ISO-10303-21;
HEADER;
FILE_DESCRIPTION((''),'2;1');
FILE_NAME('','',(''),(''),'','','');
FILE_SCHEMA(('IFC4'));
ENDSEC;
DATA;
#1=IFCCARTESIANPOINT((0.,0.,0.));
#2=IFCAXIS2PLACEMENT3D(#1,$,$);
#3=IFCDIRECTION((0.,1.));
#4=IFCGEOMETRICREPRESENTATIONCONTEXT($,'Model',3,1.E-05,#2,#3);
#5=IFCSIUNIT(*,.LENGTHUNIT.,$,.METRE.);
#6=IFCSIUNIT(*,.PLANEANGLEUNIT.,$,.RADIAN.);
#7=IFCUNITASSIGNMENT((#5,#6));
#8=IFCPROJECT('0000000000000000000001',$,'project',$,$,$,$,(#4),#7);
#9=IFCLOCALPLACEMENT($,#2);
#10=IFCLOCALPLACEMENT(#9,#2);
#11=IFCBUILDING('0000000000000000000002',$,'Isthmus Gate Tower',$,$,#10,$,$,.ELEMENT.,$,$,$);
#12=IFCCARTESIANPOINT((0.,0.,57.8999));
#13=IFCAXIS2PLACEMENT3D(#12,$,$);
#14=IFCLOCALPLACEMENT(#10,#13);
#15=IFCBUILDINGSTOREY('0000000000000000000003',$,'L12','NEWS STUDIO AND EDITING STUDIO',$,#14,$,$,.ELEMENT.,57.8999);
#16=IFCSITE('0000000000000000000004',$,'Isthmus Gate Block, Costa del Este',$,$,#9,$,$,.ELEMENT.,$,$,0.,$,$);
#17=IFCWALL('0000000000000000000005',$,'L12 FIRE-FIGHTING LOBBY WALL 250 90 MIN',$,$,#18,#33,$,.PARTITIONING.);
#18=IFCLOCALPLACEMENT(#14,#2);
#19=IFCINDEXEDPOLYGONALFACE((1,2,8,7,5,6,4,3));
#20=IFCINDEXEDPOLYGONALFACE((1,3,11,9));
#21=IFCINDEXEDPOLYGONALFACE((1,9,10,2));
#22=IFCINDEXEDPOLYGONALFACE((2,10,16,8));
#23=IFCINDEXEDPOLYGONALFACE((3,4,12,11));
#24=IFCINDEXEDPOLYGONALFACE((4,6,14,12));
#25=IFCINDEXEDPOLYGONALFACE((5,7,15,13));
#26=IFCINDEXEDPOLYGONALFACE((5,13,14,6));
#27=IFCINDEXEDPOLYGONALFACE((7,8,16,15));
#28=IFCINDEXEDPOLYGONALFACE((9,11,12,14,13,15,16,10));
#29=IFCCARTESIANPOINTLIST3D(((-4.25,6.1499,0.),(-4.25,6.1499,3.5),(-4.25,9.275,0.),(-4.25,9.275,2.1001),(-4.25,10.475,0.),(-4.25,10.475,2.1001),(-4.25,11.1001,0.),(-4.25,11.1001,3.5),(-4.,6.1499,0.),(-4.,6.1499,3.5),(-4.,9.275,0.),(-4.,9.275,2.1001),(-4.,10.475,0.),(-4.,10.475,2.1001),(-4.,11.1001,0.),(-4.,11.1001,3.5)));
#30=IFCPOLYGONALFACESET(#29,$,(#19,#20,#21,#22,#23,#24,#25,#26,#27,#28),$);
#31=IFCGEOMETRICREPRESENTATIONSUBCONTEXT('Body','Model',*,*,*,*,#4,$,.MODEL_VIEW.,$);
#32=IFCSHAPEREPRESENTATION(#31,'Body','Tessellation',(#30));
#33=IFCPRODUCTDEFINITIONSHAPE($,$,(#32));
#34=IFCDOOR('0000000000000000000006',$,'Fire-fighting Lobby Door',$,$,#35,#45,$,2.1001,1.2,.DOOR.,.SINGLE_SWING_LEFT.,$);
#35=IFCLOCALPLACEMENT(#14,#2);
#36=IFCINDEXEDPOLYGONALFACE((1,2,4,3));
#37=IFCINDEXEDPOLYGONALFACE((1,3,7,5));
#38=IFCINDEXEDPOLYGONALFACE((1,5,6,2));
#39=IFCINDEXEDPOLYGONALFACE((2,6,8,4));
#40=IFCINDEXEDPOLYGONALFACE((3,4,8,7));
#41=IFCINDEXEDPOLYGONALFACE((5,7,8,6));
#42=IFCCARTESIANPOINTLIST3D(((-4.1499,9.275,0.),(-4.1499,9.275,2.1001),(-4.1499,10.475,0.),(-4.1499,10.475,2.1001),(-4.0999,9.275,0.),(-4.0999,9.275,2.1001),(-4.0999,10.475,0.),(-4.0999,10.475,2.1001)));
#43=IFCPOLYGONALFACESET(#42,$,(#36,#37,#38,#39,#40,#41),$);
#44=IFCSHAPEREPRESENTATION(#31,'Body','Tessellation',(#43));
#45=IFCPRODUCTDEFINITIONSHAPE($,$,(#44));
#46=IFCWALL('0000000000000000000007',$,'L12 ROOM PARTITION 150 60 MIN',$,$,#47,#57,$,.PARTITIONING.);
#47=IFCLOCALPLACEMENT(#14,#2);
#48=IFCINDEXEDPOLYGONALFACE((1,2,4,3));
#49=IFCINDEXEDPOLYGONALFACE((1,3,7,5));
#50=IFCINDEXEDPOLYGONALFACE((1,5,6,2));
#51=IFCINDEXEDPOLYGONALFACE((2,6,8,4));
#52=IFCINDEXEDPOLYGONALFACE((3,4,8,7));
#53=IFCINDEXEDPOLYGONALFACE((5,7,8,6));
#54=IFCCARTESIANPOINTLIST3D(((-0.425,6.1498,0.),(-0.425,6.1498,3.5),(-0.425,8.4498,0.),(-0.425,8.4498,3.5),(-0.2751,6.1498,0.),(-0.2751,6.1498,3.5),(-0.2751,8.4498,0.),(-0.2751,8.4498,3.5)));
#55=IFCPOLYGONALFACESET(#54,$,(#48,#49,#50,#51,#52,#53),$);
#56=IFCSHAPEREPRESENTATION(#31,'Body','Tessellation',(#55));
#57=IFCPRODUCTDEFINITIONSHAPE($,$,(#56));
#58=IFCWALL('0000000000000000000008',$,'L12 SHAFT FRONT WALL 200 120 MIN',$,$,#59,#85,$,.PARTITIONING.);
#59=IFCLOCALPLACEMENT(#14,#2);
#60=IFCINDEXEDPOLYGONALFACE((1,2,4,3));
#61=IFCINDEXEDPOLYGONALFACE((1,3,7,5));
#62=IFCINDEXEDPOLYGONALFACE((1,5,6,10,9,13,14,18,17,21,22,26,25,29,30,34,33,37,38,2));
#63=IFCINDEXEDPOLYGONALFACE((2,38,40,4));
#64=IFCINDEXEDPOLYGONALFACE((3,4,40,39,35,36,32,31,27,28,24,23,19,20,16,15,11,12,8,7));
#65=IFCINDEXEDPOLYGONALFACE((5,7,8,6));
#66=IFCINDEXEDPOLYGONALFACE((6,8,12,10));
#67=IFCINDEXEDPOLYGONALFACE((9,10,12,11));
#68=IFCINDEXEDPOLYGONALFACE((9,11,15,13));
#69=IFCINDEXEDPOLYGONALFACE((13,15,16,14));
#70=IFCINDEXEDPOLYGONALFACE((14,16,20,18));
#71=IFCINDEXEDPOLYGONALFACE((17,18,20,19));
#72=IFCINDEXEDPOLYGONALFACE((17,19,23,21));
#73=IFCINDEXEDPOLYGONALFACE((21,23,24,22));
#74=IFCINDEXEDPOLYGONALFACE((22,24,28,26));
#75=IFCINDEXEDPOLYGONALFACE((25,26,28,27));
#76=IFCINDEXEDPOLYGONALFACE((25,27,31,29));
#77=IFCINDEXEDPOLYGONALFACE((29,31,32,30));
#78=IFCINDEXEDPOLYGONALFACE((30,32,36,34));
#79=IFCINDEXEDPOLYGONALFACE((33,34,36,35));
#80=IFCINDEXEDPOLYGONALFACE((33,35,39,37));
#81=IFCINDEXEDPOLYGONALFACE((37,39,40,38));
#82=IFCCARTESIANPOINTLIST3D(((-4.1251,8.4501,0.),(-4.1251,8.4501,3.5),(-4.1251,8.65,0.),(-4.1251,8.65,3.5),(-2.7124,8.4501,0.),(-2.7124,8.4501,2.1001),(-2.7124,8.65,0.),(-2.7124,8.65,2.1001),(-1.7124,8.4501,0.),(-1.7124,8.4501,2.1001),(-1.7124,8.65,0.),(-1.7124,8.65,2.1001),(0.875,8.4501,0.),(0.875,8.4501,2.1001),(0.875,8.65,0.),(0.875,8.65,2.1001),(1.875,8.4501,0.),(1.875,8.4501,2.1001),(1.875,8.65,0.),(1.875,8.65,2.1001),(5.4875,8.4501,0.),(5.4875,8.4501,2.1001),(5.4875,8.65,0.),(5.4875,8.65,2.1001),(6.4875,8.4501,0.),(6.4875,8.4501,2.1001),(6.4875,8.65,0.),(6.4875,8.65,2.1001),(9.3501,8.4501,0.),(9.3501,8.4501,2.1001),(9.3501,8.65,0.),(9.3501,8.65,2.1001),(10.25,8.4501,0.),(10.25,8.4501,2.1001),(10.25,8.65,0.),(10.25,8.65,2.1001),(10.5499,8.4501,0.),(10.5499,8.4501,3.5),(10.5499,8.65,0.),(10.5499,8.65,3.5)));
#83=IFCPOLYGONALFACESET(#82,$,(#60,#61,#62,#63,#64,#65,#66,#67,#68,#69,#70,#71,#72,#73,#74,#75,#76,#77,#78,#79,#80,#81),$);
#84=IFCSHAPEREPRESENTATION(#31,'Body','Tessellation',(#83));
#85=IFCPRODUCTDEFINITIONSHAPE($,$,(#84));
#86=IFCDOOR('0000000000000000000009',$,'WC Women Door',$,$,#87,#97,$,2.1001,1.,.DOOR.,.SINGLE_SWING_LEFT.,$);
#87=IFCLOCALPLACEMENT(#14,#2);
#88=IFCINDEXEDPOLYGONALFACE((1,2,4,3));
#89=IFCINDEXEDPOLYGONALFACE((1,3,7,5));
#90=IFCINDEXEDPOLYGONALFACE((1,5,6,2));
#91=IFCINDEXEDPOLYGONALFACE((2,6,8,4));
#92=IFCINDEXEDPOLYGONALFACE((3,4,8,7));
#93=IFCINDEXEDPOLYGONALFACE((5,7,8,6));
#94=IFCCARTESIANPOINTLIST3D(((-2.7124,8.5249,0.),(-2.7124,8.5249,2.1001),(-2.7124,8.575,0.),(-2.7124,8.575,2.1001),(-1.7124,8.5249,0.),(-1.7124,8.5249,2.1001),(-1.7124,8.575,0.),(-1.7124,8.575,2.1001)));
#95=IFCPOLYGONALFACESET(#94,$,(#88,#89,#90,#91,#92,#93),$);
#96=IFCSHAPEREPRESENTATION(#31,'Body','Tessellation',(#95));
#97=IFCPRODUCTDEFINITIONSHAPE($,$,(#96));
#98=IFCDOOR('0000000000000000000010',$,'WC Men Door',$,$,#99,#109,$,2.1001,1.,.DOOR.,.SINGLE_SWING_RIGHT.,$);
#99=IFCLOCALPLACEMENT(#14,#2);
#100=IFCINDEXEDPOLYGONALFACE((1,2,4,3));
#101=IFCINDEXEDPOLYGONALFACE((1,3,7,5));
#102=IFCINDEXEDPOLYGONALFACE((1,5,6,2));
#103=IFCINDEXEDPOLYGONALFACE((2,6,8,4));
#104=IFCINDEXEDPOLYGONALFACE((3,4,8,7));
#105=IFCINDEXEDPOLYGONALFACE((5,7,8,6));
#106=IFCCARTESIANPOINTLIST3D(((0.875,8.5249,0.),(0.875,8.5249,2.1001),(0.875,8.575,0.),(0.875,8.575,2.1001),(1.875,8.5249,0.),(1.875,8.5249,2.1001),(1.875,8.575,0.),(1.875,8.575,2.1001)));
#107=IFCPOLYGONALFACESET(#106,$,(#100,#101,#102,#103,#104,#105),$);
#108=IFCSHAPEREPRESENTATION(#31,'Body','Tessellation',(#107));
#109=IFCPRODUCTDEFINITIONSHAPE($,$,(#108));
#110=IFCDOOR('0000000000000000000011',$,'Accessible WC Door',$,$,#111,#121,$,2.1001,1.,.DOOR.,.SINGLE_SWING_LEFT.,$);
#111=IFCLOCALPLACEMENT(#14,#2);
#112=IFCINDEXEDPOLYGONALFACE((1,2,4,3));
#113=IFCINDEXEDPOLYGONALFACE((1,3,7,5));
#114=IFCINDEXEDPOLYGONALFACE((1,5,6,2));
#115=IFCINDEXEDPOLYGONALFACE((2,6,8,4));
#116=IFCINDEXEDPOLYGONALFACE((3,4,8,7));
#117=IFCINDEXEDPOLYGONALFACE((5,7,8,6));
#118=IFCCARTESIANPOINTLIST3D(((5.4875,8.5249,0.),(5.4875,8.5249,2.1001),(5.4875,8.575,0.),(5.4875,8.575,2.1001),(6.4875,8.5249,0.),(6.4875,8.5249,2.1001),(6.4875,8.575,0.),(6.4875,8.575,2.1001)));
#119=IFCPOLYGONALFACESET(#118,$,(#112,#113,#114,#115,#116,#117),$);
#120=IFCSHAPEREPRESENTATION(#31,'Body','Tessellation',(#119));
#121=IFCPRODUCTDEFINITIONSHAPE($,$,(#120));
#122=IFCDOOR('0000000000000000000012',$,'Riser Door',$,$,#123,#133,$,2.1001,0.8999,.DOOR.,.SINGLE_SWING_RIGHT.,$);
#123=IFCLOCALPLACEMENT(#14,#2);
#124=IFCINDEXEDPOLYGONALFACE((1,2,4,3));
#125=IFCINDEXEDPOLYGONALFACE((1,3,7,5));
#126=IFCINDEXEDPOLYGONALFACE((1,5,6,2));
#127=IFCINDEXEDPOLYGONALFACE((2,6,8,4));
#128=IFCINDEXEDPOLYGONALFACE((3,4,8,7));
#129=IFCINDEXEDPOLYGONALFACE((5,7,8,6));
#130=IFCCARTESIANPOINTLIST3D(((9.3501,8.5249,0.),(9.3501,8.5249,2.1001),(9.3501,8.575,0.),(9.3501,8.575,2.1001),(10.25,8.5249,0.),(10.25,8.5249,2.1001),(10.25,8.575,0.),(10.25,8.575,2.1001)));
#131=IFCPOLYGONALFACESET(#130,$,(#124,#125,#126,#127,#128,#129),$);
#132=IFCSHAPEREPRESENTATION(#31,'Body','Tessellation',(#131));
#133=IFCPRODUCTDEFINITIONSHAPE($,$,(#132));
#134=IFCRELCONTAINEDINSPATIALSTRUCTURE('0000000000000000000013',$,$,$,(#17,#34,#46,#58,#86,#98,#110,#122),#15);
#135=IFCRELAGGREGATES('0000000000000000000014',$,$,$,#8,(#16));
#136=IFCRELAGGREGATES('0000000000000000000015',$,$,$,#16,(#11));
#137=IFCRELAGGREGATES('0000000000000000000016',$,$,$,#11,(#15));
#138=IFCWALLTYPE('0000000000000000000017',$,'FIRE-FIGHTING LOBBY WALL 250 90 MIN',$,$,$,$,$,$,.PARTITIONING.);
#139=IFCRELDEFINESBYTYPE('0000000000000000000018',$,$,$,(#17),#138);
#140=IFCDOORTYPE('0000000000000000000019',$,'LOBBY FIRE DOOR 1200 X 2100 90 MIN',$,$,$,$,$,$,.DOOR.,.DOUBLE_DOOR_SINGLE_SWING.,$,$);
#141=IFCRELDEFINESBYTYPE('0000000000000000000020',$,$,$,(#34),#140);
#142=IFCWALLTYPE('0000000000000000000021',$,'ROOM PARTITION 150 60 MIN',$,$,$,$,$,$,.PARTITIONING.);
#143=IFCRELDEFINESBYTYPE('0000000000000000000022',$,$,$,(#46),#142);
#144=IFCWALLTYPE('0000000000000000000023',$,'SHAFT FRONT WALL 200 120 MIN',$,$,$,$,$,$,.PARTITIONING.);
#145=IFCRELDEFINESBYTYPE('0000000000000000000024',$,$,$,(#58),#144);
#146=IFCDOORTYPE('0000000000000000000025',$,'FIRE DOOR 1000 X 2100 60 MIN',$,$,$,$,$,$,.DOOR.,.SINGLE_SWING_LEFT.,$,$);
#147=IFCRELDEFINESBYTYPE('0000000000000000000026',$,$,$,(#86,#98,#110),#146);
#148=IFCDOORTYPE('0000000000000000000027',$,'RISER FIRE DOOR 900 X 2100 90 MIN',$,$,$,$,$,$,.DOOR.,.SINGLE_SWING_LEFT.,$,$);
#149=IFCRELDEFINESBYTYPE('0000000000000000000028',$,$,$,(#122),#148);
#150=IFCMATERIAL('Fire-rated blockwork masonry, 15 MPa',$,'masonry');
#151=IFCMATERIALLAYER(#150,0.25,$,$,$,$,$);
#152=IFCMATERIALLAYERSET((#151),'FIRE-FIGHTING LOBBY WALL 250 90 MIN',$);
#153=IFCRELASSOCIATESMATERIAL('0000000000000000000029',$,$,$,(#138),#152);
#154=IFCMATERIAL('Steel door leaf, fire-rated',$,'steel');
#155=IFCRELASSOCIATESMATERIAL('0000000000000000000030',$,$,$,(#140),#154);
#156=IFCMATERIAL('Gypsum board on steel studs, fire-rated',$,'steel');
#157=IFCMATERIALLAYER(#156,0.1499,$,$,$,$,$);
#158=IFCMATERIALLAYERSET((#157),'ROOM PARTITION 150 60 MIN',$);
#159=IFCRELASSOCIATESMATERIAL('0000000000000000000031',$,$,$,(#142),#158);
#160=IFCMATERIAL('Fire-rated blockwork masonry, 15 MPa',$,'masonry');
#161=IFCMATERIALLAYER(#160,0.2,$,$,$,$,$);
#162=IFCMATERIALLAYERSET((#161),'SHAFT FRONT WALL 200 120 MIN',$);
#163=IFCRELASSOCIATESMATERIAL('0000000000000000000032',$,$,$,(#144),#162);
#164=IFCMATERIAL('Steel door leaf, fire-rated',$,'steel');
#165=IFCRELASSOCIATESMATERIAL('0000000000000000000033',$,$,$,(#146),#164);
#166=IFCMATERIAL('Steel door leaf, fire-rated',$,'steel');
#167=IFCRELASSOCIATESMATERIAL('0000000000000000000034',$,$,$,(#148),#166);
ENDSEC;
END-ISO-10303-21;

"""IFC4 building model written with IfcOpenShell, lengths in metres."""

from ifc_helpers import new_model, si_unit, direction, frame, frame_2d, origin, place, context, subcontext, project, spatial, rectangle, extrude, material, layer, layer_set, type_object, element, fill, save


model = new_model("IFC4")

# Units and contexts
model_context = context("Model", 3, precision=1e-05, world=origin(), true_north=direction((0.0, 1.0)))
body_context = subcontext(model_context, "Body", "Model", "MODEL_VIEW")
ifc_project = project(units=[si_unit("LENGTHUNIT", "METRE"), si_unit("PLANEANGLEUNIT", "RADIAN")], contexts=[model_context])

# Site, building, storey
site_placement = place(None, origin())
site = spatial("IfcSite", under=ifc_project, at=site_placement, Name="Isthmus Gate Block, Costa del Este", CompositionType="ELEMENT", RefElevation=0.0)
building_placement = place(site_placement, origin())
building = spatial("IfcBuilding", under=site, at=building_placement, Name="Isthmus Gate Tower", CompositionType="ELEMENT")
storey_placement = place(building_placement, frame((0.0, 0.0, 57.8999)))
storey = spatial("IfcBuildingStorey", under=building, at=storey_placement, Name="L12", Description="NEWS STUDIO AND EDITING STUDIO", CompositionType="ELEMENT", Elevation=57.8999)

# Wall, opening, door
ifc_material_1 = material(Name="Fire-rated blockwork masonry, 15 MPa", Category="masonry")
ifc_layer_1 = layer(ifc_material_1, 0.25)
ifc_layer_set_1 = layer_set([ifc_layer_1], Name="FIRE-FIGHTING LOBBY WALL 250 90 MIN")
wall_type_1 = type_object("IfcWallType", Name="FIRE-FIGHTING LOBBY WALL 250 90 MIN", PredefinedType="PARTITIONING", material=ifc_layer_set_1)
wall_1_placement = place(storey_placement, frame((-4.125, 6.1499, 0.0), z_axis=(0.0, 0.0, 1.0), x_axis=(0.0, 1.0, 0.0)))
wall_1 = element("IfcWall", 1, at=wall_1_placement, inside=storey, type_object=wall_type_1, Name="L12 FIRE-FIGHTING LOBBY WALL 250 90 MIN", PredefinedType="PARTITIONING", context=body_context, shape_type="SweptSolid", body=[
    extrude(rectangle(XDim=4.9502, YDim=0.25, at=frame_2d((2.4751, 0.0))), origin(), (0.0, 0.0, 1.0), 3.5),
])
opening_1_placement = place(wall_1_placement, frame((3.125, 0.0, 0.0)))
opening_1 = element("IfcOpeningElement", 2, at=opening_1_placement, cuts=wall_1, PredefinedType="OPENING", context=body_context, shape_type="SweptSolid", body=[
    extrude(rectangle(XDim=1.2, YDim=2.1001, at=frame_2d((0.6001, 1.05))), frame((0.0, 0.135, 0.0), z_axis=(0.0, -1.0, 0.0), x_axis=(1.0, 0.0, 0.0)), (0.0, 0.0, 1.0), 0.27),
])
ifc_material_2 = material(Name="Steel door leaf, fire-rated", Category="steel")
door_type_1 = type_object("IfcDoorType", Name="LOBBY FIRE DOOR 1200 X 2100 90 MIN", OperationType="DOUBLE_DOOR_SINGLE_SWING", PredefinedType="DOOR", material=ifc_material_2)
door_1_placement = place(opening_1_placement, origin())
door_1 = element("IfcDoor", 3, at=door_1_placement, inside=storey, type_object=door_type_1, Name="Fire-fighting Lobby Door", OperationType="SINGLE_SWING_LEFT", OverallHeight=2.1001, OverallWidth=1.2, PredefinedType="DOOR", context=body_context, shape_type="SweptSolid", body=[
    extrude(rectangle(XDim=1.2, YDim=2.1001, at=frame_2d((0.6001, 1.05))), frame((0.0, 0.0249, 0.0), z_axis=(0.0, -1.0, 0.0), x_axis=(1.0, 0.0, 0.0)), (0.0, 0.0, 1.0), 0.05),
])
fill(opening_1, door_1)

# Wall
ifc_material_3 = material(Name="Gypsum board on steel studs, fire-rated", Category="steel")
ifc_layer_2 = layer(ifc_material_3, 0.1499)
ifc_layer_set_2 = layer_set([ifc_layer_2], Name="ROOM PARTITION 150 60 MIN")
wall_type_2 = type_object("IfcWallType", Name="ROOM PARTITION 150 60 MIN", PredefinedType="PARTITIONING", material=ifc_layer_set_2)
wall_2_placement = place(storey_placement, frame((-0.3501, 6.1499, 0.0), z_axis=(0.0, 0.0, 1.0), x_axis=(0.0, 1.0, 0.0)))
element("IfcWall", 4, at=wall_2_placement, inside=storey, type_object=wall_type_2, Name="L12 ROOM PARTITION 150 60 MIN", PredefinedType="PARTITIONING", context=body_context, shape_type="SweptSolid", body=[
    extrude(rectangle(XDim=2.3, YDim=0.1499, at=frame_2d((1.1499, 0.0))), origin(), (0.0, 0.0, 1.0), 3.5),
])

# Wall, openings, doors
ifc_material_4 = material(Name="Fire-rated blockwork masonry, 15 MPa", Category="masonry")
ifc_layer_3 = layer(ifc_material_4, 0.2)
ifc_layer_set_3 = layer_set([ifc_layer_3], Name="SHAFT FRONT WALL 200 120 MIN")
wall_type_3 = type_object("IfcWallType", Name="SHAFT FRONT WALL 200 120 MIN", PredefinedType="PARTITIONING", material=ifc_layer_set_3)
wall_3_placement = place(storey_placement, frame((-4.125, 8.55, 0.0), z_axis=(0.0, 0.0, 1.0), x_axis=(1.0, 0.0, 0.0)))
wall_3 = element("IfcWall", 5, at=wall_3_placement, inside=storey, type_object=wall_type_3, Name="L12 SHAFT FRONT WALL 200 120 MIN", PredefinedType="PARTITIONING", context=body_context, shape_type="SweptSolid", body=[
    extrude(rectangle(XDim=14.675, YDim=0.2, at=frame_2d((7.3374, 0.0))), origin(), (0.0, 0.0, 1.0), 3.5),
])
opening_2_placement = place(wall_3_placement, frame((1.4126, 0.0, 0.0)))
opening_2 = element("IfcOpeningElement", 6, at=opening_2_placement, cuts=wall_3, PredefinedType="OPENING", context=body_context, shape_type="SweptSolid", body=[
    extrude(rectangle(XDim=1.0, YDim=2.1001, at=frame_2d((0.5, 1.05))), frame((0.0, 0.1099, 0.0), z_axis=(0.0, -1.0, 0.0), x_axis=(1.0, 0.0, 0.0)), (0.0, 0.0, 1.0), 0.22),
])
opening_3_placement = place(wall_3_placement, frame((5.0, 0.0, 0.0)))
opening_3 = element("IfcOpeningElement", 7, at=opening_3_placement, cuts=wall_3, PredefinedType="OPENING", context=body_context, shape_type="SweptSolid", body=[
    extrude(rectangle(XDim=1.0, YDim=2.1001, at=frame_2d((0.5, 1.05))), frame((0.0, 0.1099, 0.0), z_axis=(0.0, -1.0, 0.0), x_axis=(1.0, 0.0, 0.0)), (0.0, 0.0, 1.0), 0.22),
])
opening_4_placement = place(wall_3_placement, frame((9.6125, 0.0, 0.0)))
opening_4 = element("IfcOpeningElement", 8, at=opening_4_placement, cuts=wall_3, PredefinedType="OPENING", context=body_context, shape_type="SweptSolid", body=[
    extrude(rectangle(XDim=1.0, YDim=2.1001, at=frame_2d((0.5, 1.05))), frame((0.0, 0.1099, 0.0), z_axis=(0.0, -1.0, 0.0), x_axis=(1.0, 0.0, 0.0)), (0.0, 0.0, 1.0), 0.22),
])
opening_5_placement = place(wall_3_placement, frame((13.4751, 0.0, 0.0)))
opening_5 = element("IfcOpeningElement", 9, at=opening_5_placement, cuts=wall_3, PredefinedType="OPENING", context=body_context, shape_type="SweptSolid", body=[
    extrude(rectangle(XDim=0.8999, YDim=2.1001, at=frame_2d((0.45, 1.05))), frame((0.0, 0.1099, 0.0), z_axis=(0.0, -1.0, 0.0), x_axis=(1.0, 0.0, 0.0)), (0.0, 0.0, 1.0), 0.22),
])
ifc_material_5 = material(Name="Steel door leaf, fire-rated", Category="steel")
door_type_2 = type_object("IfcDoorType", Name="FIRE DOOR 1000 X 2100 60 MIN", OperationType="SINGLE_SWING_LEFT", PredefinedType="DOOR", material=ifc_material_5)
door_2_placement = place(opening_2_placement, origin())
door_2 = element("IfcDoor", 10, at=door_2_placement, inside=storey, type_object=door_type_2, Name="WC Women Door", OperationType="SINGLE_SWING_LEFT", OverallHeight=2.1001, OverallWidth=1.0, PredefinedType="DOOR", context=body_context, shape_type="SweptSolid", body=[
    extrude(rectangle(XDim=1.0, YDim=2.1001, at=frame_2d((0.5, 1.05))), frame((0.0, 0.0249, 0.0), z_axis=(0.0, -1.0, 0.0), x_axis=(1.0, 0.0, 0.0)), (0.0, 0.0, 1.0), 0.05),
])
fill(opening_2, door_2)
door_3_placement = place(opening_3_placement, origin())
door_3 = element("IfcDoor", 11, at=door_3_placement, inside=storey, type_object=door_type_2, Name="WC Men Door", OperationType="SINGLE_SWING_RIGHT", OverallHeight=2.1001, OverallWidth=1.0, PredefinedType="DOOR", context=body_context, shape_type="SweptSolid", body=[
    extrude(rectangle(XDim=1.0, YDim=2.1001, at=frame_2d((0.5, 1.05))), frame((0.0, 0.0249, 0.0), z_axis=(0.0, -1.0, 0.0), x_axis=(1.0, 0.0, 0.0)), (0.0, 0.0, 1.0), 0.05),
])
fill(opening_3, door_3)
door_4_placement = place(opening_4_placement, origin())
door_4 = element("IfcDoor", 12, at=door_4_placement, inside=storey, type_object=door_type_2, Name="Accessible WC Door", OperationType="SINGLE_SWING_LEFT", OverallHeight=2.1001, OverallWidth=1.0, PredefinedType="DOOR", context=body_context, shape_type="SweptSolid", body=[
    extrude(rectangle(XDim=1.0, YDim=2.1001, at=frame_2d((0.5, 1.05))), frame((0.0, 0.0249, 0.0), z_axis=(0.0, -1.0, 0.0), x_axis=(1.0, 0.0, 0.0)), (0.0, 0.0, 1.0), 0.05),
])
fill(opening_4, door_4)
ifc_material_6 = material(Name="Steel door leaf, fire-rated", Category="steel")
door_type_3 = type_object("IfcDoorType", Name="RISER FIRE DOOR 900 X 2100 90 MIN", OperationType="SINGLE_SWING_LEFT", PredefinedType="DOOR", material=ifc_material_6)
door_5_placement = place(opening_5_placement, origin())
door_5 = element("IfcDoor", 13, at=door_5_placement, inside=storey, type_object=door_type_3, Name="Riser Door", OperationType="SINGLE_SWING_RIGHT", OverallHeight=2.1001, OverallWidth=0.8999, PredefinedType="DOOR", context=body_context, shape_type="SweptSolid", body=[
    extrude(rectangle(XDim=0.8999, YDim=2.1001, at=frame_2d((0.45, 1.05))), frame((0.0, 0.0249, 0.0), z_axis=(0.0, -1.0, 0.0), x_axis=(1.0, 0.0, 0.0)), (0.0, 0.0, 1.0), 0.05),
])
fill(opening_5, door_5)

save(model, "model.ifc")
